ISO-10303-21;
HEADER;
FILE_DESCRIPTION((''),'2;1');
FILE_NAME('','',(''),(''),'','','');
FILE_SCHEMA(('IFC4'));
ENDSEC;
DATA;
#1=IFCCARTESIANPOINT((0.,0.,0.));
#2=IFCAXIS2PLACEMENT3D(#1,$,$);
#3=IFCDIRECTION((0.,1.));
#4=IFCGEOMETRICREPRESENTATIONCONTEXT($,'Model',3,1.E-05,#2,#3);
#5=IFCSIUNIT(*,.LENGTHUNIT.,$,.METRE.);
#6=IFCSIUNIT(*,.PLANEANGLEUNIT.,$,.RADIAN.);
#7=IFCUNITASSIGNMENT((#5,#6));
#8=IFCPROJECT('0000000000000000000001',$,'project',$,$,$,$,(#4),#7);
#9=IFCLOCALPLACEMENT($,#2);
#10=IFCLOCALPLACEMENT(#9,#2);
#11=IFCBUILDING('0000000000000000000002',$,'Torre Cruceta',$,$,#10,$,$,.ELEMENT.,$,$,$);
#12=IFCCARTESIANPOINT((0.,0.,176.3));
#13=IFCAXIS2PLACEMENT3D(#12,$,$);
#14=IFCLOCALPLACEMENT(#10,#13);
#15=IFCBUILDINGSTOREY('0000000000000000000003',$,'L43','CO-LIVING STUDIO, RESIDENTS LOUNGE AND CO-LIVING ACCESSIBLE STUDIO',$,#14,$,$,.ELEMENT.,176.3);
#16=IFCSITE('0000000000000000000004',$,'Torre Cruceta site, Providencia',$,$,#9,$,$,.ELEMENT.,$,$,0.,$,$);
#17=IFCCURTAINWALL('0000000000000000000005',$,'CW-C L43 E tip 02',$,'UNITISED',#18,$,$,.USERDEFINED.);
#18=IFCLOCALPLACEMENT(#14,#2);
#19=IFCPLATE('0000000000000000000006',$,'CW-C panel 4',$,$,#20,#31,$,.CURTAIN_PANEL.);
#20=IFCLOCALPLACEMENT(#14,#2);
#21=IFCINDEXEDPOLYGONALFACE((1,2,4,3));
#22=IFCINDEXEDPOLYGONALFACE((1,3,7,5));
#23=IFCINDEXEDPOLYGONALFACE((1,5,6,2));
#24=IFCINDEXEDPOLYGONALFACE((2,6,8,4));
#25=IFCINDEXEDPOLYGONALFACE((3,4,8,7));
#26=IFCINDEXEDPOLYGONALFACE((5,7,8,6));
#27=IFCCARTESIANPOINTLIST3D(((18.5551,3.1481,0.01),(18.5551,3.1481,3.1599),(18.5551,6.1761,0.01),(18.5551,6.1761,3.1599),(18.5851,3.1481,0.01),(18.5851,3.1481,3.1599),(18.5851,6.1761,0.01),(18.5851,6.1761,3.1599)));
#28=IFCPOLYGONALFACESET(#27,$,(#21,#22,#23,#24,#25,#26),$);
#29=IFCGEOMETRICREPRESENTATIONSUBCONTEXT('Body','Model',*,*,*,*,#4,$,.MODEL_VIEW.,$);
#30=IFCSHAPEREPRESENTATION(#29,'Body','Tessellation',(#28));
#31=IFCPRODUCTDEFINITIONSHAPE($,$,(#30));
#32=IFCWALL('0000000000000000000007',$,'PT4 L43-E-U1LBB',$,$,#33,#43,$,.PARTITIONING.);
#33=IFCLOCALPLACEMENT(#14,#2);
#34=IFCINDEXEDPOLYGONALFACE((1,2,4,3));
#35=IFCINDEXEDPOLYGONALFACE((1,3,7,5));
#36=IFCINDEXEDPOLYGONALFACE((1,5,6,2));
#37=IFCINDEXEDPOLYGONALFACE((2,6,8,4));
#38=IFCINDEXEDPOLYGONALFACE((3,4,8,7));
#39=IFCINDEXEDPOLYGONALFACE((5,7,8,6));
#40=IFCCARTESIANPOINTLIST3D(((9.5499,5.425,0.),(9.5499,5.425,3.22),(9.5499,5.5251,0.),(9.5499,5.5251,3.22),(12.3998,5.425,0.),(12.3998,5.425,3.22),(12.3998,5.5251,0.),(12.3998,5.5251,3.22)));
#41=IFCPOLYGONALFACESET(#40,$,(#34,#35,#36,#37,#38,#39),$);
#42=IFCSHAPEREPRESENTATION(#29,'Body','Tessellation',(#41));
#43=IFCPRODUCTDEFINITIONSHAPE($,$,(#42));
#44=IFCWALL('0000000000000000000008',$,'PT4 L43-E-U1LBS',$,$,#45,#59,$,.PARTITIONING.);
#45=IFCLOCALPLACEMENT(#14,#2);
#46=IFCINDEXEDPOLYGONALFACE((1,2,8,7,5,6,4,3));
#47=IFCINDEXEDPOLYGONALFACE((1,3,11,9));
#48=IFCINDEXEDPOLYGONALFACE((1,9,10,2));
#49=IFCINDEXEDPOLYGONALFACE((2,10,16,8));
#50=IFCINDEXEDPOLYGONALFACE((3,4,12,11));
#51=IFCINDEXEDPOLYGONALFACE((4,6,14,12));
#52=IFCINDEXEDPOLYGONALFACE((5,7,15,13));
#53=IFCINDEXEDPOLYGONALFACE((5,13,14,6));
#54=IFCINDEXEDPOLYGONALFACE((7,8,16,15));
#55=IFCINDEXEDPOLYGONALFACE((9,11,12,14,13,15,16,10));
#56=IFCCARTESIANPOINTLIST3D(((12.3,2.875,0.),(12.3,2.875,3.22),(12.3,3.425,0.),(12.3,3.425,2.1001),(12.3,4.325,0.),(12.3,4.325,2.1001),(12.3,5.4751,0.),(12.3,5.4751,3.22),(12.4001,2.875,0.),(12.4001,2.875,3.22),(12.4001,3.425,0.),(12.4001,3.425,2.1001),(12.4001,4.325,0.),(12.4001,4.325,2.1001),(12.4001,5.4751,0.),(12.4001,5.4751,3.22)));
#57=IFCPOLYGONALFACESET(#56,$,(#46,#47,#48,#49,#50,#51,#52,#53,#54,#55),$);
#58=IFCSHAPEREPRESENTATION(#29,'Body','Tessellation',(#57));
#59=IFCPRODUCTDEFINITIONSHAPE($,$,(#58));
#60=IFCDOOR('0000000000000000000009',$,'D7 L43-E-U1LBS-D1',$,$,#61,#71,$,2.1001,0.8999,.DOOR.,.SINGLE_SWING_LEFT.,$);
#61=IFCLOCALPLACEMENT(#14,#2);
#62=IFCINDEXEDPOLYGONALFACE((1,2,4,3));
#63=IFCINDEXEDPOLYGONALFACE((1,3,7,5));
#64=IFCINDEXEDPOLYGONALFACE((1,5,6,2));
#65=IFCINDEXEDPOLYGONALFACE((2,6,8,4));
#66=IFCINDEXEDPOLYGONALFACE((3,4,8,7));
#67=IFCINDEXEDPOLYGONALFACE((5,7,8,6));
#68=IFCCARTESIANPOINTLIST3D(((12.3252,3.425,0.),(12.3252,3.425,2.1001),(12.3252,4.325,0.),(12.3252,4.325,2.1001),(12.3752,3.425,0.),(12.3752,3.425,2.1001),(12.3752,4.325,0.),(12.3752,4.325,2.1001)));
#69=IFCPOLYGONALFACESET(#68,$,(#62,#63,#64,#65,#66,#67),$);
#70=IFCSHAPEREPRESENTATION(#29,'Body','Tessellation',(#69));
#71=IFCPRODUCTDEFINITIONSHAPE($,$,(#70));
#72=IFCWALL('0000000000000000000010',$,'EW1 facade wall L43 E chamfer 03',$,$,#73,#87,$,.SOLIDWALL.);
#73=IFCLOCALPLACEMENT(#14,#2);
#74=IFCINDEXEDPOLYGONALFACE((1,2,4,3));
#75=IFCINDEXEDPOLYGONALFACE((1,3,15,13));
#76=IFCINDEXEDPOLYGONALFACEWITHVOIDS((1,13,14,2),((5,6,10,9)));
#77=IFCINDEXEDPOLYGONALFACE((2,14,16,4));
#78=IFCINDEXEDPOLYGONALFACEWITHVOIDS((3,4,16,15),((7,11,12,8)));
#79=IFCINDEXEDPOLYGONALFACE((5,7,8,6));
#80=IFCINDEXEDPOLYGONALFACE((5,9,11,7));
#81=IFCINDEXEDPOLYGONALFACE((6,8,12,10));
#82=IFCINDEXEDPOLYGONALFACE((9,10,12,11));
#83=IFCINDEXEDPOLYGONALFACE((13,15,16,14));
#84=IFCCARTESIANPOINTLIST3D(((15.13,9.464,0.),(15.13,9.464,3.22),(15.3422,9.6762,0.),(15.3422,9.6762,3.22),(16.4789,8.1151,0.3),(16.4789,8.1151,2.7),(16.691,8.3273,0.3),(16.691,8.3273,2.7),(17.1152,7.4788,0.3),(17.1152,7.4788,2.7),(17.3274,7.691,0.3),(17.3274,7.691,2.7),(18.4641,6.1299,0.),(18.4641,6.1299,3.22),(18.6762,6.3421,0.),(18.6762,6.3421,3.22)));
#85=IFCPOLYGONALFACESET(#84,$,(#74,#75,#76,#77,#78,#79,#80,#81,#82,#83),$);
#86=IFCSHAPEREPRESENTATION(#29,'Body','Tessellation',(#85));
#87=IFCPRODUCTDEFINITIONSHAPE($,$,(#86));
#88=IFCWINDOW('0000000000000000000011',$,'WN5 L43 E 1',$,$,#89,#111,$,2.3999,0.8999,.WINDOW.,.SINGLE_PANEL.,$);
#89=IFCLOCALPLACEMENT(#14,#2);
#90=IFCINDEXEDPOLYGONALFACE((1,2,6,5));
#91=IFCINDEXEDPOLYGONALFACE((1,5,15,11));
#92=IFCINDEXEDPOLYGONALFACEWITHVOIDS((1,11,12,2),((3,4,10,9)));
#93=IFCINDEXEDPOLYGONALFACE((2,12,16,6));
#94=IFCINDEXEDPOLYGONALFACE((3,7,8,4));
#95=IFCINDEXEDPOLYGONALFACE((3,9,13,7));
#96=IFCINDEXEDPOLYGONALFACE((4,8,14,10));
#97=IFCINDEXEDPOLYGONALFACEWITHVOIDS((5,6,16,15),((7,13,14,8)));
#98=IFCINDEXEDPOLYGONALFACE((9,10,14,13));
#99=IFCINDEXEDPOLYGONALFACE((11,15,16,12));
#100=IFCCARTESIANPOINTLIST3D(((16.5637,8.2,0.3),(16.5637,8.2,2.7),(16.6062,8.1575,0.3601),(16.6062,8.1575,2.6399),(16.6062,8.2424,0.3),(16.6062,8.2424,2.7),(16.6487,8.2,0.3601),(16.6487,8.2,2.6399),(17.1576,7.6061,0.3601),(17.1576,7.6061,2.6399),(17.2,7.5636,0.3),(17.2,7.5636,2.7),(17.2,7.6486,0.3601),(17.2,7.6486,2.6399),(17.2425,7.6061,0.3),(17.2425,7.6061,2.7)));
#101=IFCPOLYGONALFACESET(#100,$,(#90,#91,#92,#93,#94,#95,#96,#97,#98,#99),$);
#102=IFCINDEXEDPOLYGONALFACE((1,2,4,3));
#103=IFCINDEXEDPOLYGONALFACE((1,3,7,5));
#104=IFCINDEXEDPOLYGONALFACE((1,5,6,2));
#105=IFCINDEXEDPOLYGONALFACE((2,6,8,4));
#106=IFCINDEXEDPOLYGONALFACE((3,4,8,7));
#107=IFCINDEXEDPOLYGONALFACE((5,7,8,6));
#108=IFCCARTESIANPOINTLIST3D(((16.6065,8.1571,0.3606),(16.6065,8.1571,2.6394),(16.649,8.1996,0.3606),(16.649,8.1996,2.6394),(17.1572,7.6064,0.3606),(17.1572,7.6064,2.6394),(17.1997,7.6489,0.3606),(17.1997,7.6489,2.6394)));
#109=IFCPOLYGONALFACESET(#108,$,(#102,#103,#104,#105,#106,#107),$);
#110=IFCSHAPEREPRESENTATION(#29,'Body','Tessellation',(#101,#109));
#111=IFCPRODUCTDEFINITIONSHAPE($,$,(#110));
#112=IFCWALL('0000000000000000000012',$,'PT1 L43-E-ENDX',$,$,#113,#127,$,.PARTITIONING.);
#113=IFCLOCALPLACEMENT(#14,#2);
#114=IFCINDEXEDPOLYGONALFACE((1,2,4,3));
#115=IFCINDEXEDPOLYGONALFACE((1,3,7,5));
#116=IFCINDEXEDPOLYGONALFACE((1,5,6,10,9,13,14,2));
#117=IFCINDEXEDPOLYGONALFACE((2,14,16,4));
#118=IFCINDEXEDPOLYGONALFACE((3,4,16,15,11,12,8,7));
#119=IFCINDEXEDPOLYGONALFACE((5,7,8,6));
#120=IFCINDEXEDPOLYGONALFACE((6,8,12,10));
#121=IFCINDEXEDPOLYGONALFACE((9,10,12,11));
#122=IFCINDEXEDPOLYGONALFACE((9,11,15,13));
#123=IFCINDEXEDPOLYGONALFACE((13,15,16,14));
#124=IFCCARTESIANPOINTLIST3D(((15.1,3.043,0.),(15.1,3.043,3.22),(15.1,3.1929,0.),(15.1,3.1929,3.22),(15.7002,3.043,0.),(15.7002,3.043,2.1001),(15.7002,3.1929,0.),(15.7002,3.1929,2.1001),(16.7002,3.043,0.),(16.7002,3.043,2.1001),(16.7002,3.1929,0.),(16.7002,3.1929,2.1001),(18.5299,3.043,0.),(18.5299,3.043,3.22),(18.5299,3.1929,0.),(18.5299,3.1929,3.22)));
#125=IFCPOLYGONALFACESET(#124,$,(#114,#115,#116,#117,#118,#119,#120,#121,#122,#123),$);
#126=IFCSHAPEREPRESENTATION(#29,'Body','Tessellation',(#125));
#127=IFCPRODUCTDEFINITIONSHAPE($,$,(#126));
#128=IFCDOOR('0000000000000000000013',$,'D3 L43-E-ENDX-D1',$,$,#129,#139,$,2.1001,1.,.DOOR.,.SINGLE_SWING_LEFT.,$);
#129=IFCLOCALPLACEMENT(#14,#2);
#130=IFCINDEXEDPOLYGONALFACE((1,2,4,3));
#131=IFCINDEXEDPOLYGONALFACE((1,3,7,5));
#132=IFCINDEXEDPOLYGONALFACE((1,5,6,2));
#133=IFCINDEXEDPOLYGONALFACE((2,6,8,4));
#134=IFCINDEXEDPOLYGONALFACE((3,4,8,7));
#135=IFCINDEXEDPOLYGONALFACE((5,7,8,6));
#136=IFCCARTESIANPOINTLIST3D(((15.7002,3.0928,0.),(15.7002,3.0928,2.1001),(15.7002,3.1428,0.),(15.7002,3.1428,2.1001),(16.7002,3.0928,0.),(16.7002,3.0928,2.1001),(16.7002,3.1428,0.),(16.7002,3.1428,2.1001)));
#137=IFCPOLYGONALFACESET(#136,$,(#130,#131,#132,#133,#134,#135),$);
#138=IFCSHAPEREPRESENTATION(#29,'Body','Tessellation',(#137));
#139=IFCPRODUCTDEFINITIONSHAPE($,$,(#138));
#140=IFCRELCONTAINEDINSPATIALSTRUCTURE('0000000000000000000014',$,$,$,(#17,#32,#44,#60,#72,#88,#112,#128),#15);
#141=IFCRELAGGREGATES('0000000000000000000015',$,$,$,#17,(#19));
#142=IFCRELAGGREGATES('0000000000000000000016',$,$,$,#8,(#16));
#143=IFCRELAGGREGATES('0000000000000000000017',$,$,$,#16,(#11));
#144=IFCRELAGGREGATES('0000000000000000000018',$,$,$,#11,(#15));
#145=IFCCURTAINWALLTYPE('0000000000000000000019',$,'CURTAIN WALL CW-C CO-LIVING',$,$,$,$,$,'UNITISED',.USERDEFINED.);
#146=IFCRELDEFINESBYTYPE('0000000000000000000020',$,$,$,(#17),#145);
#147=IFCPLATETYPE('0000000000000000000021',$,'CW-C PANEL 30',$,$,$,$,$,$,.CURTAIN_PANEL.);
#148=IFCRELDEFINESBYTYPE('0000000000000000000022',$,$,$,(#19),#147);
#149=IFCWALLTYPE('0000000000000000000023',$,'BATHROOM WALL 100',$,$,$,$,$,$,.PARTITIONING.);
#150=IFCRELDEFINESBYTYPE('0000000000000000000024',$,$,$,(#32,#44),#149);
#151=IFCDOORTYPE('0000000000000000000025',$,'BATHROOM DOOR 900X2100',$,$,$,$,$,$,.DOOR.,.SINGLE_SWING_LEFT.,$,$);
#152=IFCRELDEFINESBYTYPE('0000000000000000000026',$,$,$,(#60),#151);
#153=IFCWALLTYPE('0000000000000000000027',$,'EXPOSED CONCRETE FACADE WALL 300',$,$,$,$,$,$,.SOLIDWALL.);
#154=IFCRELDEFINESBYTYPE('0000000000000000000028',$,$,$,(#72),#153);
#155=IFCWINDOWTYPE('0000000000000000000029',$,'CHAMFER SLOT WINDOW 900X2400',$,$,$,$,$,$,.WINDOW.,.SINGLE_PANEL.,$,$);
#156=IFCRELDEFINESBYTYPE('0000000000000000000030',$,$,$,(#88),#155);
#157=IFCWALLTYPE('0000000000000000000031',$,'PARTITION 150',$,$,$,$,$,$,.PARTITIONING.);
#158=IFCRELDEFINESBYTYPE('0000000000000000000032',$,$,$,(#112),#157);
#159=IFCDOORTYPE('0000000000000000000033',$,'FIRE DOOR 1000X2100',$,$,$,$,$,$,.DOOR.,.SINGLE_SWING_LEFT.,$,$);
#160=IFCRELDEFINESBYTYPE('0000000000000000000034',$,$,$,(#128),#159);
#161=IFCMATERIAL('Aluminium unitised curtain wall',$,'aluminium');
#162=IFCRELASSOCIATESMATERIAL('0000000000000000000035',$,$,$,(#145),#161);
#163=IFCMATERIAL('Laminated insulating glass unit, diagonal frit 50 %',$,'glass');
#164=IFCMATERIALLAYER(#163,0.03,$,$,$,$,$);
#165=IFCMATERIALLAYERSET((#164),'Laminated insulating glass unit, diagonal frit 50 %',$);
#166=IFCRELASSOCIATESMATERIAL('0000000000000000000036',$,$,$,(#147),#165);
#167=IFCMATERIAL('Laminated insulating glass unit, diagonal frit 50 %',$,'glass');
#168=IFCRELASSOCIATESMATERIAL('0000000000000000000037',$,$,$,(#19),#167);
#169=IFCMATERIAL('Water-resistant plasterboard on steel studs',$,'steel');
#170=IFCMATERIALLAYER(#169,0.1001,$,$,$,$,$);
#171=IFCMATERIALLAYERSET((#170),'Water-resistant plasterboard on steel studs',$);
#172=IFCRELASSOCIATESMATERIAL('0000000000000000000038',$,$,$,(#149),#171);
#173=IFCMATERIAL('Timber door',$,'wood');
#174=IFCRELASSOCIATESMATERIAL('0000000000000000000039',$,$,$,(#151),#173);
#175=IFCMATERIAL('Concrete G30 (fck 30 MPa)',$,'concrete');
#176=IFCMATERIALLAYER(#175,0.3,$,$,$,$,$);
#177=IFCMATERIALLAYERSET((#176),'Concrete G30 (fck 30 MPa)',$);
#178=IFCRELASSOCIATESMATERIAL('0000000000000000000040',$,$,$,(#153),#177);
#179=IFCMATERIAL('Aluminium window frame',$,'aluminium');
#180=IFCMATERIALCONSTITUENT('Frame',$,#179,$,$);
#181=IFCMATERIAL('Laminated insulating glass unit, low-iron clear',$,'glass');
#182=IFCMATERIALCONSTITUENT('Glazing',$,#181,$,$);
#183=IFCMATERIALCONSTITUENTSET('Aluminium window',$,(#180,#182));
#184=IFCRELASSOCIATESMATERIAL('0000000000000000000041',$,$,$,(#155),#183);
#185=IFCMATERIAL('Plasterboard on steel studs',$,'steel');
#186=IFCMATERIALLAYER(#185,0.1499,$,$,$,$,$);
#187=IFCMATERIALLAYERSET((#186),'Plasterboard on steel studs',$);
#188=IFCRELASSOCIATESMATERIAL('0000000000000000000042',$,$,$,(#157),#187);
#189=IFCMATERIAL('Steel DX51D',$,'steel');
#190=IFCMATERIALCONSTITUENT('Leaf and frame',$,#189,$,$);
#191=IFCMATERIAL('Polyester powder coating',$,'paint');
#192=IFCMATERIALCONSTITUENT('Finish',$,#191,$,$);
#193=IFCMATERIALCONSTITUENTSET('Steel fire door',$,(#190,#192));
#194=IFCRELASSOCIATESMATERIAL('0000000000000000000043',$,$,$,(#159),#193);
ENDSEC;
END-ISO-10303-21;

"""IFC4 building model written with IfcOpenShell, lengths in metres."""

from ifc_helpers import new_model, si_unit, direction, frame, frame_2d, origin, origin_2d, place, context, subcontext, project, spatial, rectangle, hollow_rectangle, extrude, material, layer, layer_set, constituent, constituent_set, type_object, element, fill, aggregate, save


model = new_model("IFC4")

# Units and contexts
model_context = context("Model", 3, precision=1e-05, world=origin(), true_north=direction((0.0, 1.0)))
body_context = subcontext(model_context, "Body", "Model", "MODEL_VIEW")
ifc_project = project(units=[si_unit("LENGTHUNIT", "METRE"), si_unit("PLANEANGLEUNIT", "RADIAN")], contexts=[model_context])

# Site, building, storey
site_placement = place(None, origin())
site = spatial("IfcSite", under=ifc_project, at=site_placement, Name="Torre Cruceta site, Providencia", CompositionType="ELEMENT", RefElevation=0.0)
building_placement = place(site_placement, origin())
building = spatial("IfcBuilding", under=site, at=building_placement, Name="Torre Cruceta", CompositionType="ELEMENT")
storey_placement = place(building_placement, frame((0.0, 0.0, 176.3)))
storey = spatial("IfcBuildingStorey", under=building, at=storey_placement, Name="L43", Description="CO-LIVING STUDIO, RESIDENTS LOUNGE AND CO-LIVING ACCESSIBLE STUDIO", CompositionType="ELEMENT", Elevation=176.3)

# Curtain wall
ifc_material_1 = material(Name="Aluminium unitised curtain wall", Category="aluminium")
curtain_wall_type = type_object("IfcCurtainWallType", Name="CURTAIN WALL CW-C CO-LIVING", ElementType="UNITISED", PredefinedType="USERDEFINED", material=ifc_material_1)
curtain_wall_placement = place(storey_placement, origin())
curtain_wall = element("IfcCurtainWall", 1, at=curtain_wall_placement, inside=storey, type_object=curtain_wall_type, Name="CW-C L43 E tip 02", ObjectType="UNITISED", PredefinedType="USERDEFINED")

# Plate
ifc_material_2 = material(Name="Laminated insulating glass unit, diagonal frit 50 %", Category="glass")
ifc_material_3 = material(Name="Laminated insulating glass unit, diagonal frit 50 %", Category="glass")
ifc_layer_1 = layer(ifc_material_3, 0.03)
ifc_layer_set_1 = layer_set([ifc_layer_1], Name="Laminated insulating glass unit, diagonal frit 50 %")
plate_type = type_object("IfcPlateType", Name="CW-C PANEL 30", PredefinedType="CURTAIN_PANEL", material=ifc_layer_set_1)
plate_1_placement = place(storey_placement, frame((18.5701, 4.6621, 0.01), z_axis=(0.0, 0.0, 1.0), x_axis=(0.0, 1.0, 0.0)))
plate_1 = element("IfcPlate", 2, at=plate_1_placement, type_object=plate_type, material=ifc_material_2, Name="CW-C panel 4", PredefinedType="CURTAIN_PANEL", context=body_context, shape_type="SweptSolid", body=[
    extrude(rectangle(XDim=3.0281, YDim=0.03, at=origin_2d()), origin(), (0.0, 0.0, 1.0), 3.1499),
])
aggregate(curtain_wall, [plate_1])

# Wall
ifc_material_4 = material(Name="Water-resistant plasterboard on steel studs", Category="steel")
ifc_layer_2 = layer(ifc_material_4, 0.1001)
ifc_layer_set_2 = layer_set([ifc_layer_2], Name="Water-resistant plasterboard on steel studs")
wall_type_1 = type_object("IfcWallType", Name="BATHROOM WALL 100", PredefinedType="PARTITIONING", material=ifc_layer_set_2)
wall_1_placement = place(storey_placement, frame((9.55, 5.4751, 0.0), z_axis=(0.0, 0.0, 1.0), x_axis=(1.0, 0.0, 0.0)))
element("IfcWall", 3, at=wall_1_placement, inside=storey, type_object=wall_type_1, Name="PT4 L43-E-U1LBB", PredefinedType="PARTITIONING", context=body_context, shape_type="SweptSolid", body=[
    extrude(rectangle(XDim=2.8499, YDim=0.1001, at=frame_2d((1.4248, 0.0))), origin(), (0.0, 0.0, 1.0), 3.22),
])

# Wall, opening, door
wall_2_placement = place(storey_placement, frame((12.3501, 2.875, 0.0), z_axis=(0.0, 0.0, 1.0), x_axis=(0.0, 1.0, 0.0)))
wall_2 = element("IfcWall", 4, at=wall_2_placement, inside=storey, type_object=wall_type_1, Name="PT4 L43-E-U1LBS", PredefinedType="PARTITIONING", context=body_context, shape_type="SweptSolid", body=[
    extrude(rectangle(XDim=2.6001, YDim=0.1001, at=frame_2d((1.3, 0.0))), origin(), (0.0, 0.0, 1.0), 3.22),
])
opening_1_placement = place(wall_2_placement, frame((0.55, 0.0, 0.0)))
opening_1 = element("IfcOpeningElement", 5, at=opening_1_placement, cuts=wall_2, PredefinedType="OPENING", context=body_context, shape_type="SweptSolid", body=[
    extrude(rectangle(XDim=0.8999, YDim=2.1001, at=frame_2d((0.45, 1.05))), frame((0.0, 0.0601, 0.0), z_axis=(0.0, -1.0, 0.0), x_axis=(1.0, 0.0, 0.0)), (0.0, 0.0, 1.0), 0.1201),
])
ifc_material_5 = material(Name="Timber door", Category="wood")
door_type_1 = type_object("IfcDoorType", Name="BATHROOM DOOR 900X2100", OperationType="SINGLE_SWING_LEFT", PredefinedType="DOOR", material=ifc_material_5)
door_1_placement = place(opening_1_placement, origin())
door_1 = element("IfcDoor", 6, at=door_1_placement, inside=storey, type_object=door_type_1, Name="D7 L43-E-U1LBS-D1", OperationType="SINGLE_SWING_LEFT", OverallHeight=2.1001, OverallWidth=0.8999, PredefinedType="DOOR", context=body_context, shape_type="SweptSolid", body=[
    extrude(rectangle(XDim=0.8999, YDim=2.1001, at=frame_2d((0.45, 1.05))), frame((0.0, 0.0249, 0.0), z_axis=(0.0, -1.0, 0.0), x_axis=(1.0, 0.0, 0.0)), (0.0, 0.0, 1.0), 0.05),
])
fill(opening_1, door_1)

# Wall, opening, window
ifc_material_6 = material(Name="Concrete G30 (fck 30 MPa)", Category="concrete")
ifc_layer_3 = layer(ifc_material_6, 0.3)
ifc_layer_set_3 = layer_set([ifc_layer_3], Name="Concrete G30 (fck 30 MPa)")
wall_type_2 = type_object("IfcWallType", Name="EXPOSED CONCRETE FACADE WALL 300", PredefinedType="SOLIDWALL", material=ifc_layer_set_3)
wall_3_placement = place(storey_placement, frame((18.5701, 6.2361, 0.0), z_axis=(0.0, 0.0, 1.0), x_axis=(-0.707107, 0.707107, 0.0)))
wall_3 = element("IfcWall", 7, at=wall_3_placement, inside=storey, type_object=wall_type_2, Name="EW1 facade wall L43 E chamfer 03", PredefinedType="SOLIDWALL", context=body_context, shape_type="SweptSolid", body=[
    extrude(rectangle(XDim=4.7151, YDim=0.3, at=frame_2d((2.3574, 0.0))), origin(), (0.0, 0.0, 1.0), 3.22),
])
opening_2_placement = place(wall_3_placement, frame((1.9075, 0.0, 0.3)))
opening_2 = element("IfcOpeningElement", 8, at=opening_2_placement, cuts=wall_3, PredefinedType="OPENING", context=body_context, shape_type="SweptSolid", body=[
    extrude(rectangle(XDim=0.8999, YDim=2.3999, at=frame_2d((0.45, 1.2))), frame((0.0, 0.1599, 0.0), z_axis=(0.0, -1.0, 0.0), x_axis=(1.0, 0.0, 0.0)), (0.0, 0.0, 1.0), 0.3201),
])
ifc_material_7 = material(Name="Aluminium window frame", Category="aluminium")
ifc_constituent_1 = constituent(ifc_material_7, Name="Frame")
ifc_material_8 = material(Name="Laminated insulating glass unit, low-iron clear", Category="glass")
ifc_constituent_2 = constituent(ifc_material_8, Name="Glazing")
ifc_constituent_set_1 = constituent_set(constituents=[ifc_constituent_1, ifc_constituent_2], Name="Aluminium window")
window_type = type_object("IfcWindowType", Name="CHAMFER SLOT WINDOW 900X2400", PartitioningType="SINGLE_PANEL", PredefinedType="WINDOW", material=ifc_constituent_set_1)
window_placement = place(opening_2_placement, origin())
window = element("IfcWindow", 9, at=window_placement, inside=storey, type_object=window_type, Name="WN5 L43 E 1", OverallHeight=2.3999, OverallWidth=0.8999, PartitioningType="SINGLE_PANEL", PredefinedType="WINDOW", context=body_context, shape_type="SweptSolid", body=[
    extrude(hollow_rectangle(XDim=0.8999, YDim=2.3999, WallThickness=0.0601, at=frame_2d((0.45, 1.2))), frame((0.0, 0.03, 0.0), z_axis=(0.0, -1.0, 0.0), x_axis=(1.0, 0.0, 0.0)), (0.0, 0.0, 1.0), 0.0601),
    extrude(rectangle(XDim=0.7788, YDim=2.2788, at=frame_2d((0.45, 1.2))), frame((0.0, 0.03, 0.0), z_axis=(0.0, -1.0, 0.0), x_axis=(1.0, 0.0, 0.0)), (0.0, 0.0, 1.0), 0.0601),
])
fill(opening_2, window)

# Wall, opening, door
ifc_material_9 = material(Name="Plasterboard on steel studs", Category="steel")
ifc_layer_4 = layer(ifc_material_9, 0.1499)
ifc_layer_set_4 = layer_set([ifc_layer_4], Name="Plasterboard on steel studs")
wall_type_3 = type_object("IfcWallType", Name="PARTITION 150", PredefinedType="PARTITIONING", material=ifc_layer_set_4)
wall_4_placement = place(storey_placement, frame((15.1001, 3.1179, 0.0), z_axis=(0.0, 0.0, 1.0), x_axis=(1.0, 0.0, 0.0)))
wall_4 = element("IfcWall", 10, at=wall_4_placement, inside=storey, type_object=wall_type_3, Name="PT1 L43-E-ENDX", PredefinedType="PARTITIONING", context=body_context, shape_type="SweptSolid", body=[
    extrude(rectangle(XDim=3.4299, YDim=0.1499, at=frame_2d((1.7148, 0.0))), origin(), (0.0, 0.0, 1.0), 3.22),
])
opening_3_placement = place(wall_4_placement, frame((0.6001, 0.0, 0.0)))
opening_3 = element("IfcOpeningElement", 11, at=opening_3_placement, cuts=wall_4, PredefinedType="OPENING", context=body_context, shape_type="SweptSolid", body=[
    extrude(rectangle(XDim=1.0, YDim=2.1001, at=frame_2d((0.5, 1.05))), frame((0.0, 0.085, 0.0), z_axis=(0.0, -1.0, 0.0), x_axis=(1.0, 0.0, 0.0)), (0.0, 0.0, 1.0), 0.1699),
])
ifc_material_10 = material(Name="Steel DX51D", Category="steel")
ifc_constituent_3 = constituent(ifc_material_10, Name="Leaf and frame")
ifc_material_11 = material(Name="Polyester powder coating", Category="paint")
ifc_constituent_4 = constituent(ifc_material_11, Name="Finish")
ifc_constituent_set_2 = constituent_set(constituents=[ifc_constituent_3, ifc_constituent_4], Name="Steel fire door")
door_type_2 = type_object("IfcDoorType", Name="FIRE DOOR 1000X2100", OperationType="SINGLE_SWING_LEFT", PredefinedType="DOOR", material=ifc_constituent_set_2)
door_2_placement = place(opening_3_placement, frame((1.0, 0.0, 0.0), z_axis=(0.0, 0.0, 1.0), x_axis=(-1.0, 0.0, 0.0)))
door_2 = element("IfcDoor", 12, at=door_2_placement, inside=storey, type_object=door_type_2, Name="D3 L43-E-ENDX-D1", OperationType="SINGLE_SWING_LEFT", OverallHeight=2.1001, OverallWidth=1.0, PredefinedType="DOOR", context=body_context, shape_type="SweptSolid", body=[
    extrude(rectangle(XDim=1.0, YDim=2.1001, at=frame_2d((0.5, 1.05))), frame((0.0, 0.0251, 0.0), z_axis=(0.0, -1.0, 0.0), x_axis=(1.0, 0.0, 0.0)), (0.0, 0.0, 1.0), 0.05),
])
fill(opening_3, door_2)

save(model, "model.ifc")
